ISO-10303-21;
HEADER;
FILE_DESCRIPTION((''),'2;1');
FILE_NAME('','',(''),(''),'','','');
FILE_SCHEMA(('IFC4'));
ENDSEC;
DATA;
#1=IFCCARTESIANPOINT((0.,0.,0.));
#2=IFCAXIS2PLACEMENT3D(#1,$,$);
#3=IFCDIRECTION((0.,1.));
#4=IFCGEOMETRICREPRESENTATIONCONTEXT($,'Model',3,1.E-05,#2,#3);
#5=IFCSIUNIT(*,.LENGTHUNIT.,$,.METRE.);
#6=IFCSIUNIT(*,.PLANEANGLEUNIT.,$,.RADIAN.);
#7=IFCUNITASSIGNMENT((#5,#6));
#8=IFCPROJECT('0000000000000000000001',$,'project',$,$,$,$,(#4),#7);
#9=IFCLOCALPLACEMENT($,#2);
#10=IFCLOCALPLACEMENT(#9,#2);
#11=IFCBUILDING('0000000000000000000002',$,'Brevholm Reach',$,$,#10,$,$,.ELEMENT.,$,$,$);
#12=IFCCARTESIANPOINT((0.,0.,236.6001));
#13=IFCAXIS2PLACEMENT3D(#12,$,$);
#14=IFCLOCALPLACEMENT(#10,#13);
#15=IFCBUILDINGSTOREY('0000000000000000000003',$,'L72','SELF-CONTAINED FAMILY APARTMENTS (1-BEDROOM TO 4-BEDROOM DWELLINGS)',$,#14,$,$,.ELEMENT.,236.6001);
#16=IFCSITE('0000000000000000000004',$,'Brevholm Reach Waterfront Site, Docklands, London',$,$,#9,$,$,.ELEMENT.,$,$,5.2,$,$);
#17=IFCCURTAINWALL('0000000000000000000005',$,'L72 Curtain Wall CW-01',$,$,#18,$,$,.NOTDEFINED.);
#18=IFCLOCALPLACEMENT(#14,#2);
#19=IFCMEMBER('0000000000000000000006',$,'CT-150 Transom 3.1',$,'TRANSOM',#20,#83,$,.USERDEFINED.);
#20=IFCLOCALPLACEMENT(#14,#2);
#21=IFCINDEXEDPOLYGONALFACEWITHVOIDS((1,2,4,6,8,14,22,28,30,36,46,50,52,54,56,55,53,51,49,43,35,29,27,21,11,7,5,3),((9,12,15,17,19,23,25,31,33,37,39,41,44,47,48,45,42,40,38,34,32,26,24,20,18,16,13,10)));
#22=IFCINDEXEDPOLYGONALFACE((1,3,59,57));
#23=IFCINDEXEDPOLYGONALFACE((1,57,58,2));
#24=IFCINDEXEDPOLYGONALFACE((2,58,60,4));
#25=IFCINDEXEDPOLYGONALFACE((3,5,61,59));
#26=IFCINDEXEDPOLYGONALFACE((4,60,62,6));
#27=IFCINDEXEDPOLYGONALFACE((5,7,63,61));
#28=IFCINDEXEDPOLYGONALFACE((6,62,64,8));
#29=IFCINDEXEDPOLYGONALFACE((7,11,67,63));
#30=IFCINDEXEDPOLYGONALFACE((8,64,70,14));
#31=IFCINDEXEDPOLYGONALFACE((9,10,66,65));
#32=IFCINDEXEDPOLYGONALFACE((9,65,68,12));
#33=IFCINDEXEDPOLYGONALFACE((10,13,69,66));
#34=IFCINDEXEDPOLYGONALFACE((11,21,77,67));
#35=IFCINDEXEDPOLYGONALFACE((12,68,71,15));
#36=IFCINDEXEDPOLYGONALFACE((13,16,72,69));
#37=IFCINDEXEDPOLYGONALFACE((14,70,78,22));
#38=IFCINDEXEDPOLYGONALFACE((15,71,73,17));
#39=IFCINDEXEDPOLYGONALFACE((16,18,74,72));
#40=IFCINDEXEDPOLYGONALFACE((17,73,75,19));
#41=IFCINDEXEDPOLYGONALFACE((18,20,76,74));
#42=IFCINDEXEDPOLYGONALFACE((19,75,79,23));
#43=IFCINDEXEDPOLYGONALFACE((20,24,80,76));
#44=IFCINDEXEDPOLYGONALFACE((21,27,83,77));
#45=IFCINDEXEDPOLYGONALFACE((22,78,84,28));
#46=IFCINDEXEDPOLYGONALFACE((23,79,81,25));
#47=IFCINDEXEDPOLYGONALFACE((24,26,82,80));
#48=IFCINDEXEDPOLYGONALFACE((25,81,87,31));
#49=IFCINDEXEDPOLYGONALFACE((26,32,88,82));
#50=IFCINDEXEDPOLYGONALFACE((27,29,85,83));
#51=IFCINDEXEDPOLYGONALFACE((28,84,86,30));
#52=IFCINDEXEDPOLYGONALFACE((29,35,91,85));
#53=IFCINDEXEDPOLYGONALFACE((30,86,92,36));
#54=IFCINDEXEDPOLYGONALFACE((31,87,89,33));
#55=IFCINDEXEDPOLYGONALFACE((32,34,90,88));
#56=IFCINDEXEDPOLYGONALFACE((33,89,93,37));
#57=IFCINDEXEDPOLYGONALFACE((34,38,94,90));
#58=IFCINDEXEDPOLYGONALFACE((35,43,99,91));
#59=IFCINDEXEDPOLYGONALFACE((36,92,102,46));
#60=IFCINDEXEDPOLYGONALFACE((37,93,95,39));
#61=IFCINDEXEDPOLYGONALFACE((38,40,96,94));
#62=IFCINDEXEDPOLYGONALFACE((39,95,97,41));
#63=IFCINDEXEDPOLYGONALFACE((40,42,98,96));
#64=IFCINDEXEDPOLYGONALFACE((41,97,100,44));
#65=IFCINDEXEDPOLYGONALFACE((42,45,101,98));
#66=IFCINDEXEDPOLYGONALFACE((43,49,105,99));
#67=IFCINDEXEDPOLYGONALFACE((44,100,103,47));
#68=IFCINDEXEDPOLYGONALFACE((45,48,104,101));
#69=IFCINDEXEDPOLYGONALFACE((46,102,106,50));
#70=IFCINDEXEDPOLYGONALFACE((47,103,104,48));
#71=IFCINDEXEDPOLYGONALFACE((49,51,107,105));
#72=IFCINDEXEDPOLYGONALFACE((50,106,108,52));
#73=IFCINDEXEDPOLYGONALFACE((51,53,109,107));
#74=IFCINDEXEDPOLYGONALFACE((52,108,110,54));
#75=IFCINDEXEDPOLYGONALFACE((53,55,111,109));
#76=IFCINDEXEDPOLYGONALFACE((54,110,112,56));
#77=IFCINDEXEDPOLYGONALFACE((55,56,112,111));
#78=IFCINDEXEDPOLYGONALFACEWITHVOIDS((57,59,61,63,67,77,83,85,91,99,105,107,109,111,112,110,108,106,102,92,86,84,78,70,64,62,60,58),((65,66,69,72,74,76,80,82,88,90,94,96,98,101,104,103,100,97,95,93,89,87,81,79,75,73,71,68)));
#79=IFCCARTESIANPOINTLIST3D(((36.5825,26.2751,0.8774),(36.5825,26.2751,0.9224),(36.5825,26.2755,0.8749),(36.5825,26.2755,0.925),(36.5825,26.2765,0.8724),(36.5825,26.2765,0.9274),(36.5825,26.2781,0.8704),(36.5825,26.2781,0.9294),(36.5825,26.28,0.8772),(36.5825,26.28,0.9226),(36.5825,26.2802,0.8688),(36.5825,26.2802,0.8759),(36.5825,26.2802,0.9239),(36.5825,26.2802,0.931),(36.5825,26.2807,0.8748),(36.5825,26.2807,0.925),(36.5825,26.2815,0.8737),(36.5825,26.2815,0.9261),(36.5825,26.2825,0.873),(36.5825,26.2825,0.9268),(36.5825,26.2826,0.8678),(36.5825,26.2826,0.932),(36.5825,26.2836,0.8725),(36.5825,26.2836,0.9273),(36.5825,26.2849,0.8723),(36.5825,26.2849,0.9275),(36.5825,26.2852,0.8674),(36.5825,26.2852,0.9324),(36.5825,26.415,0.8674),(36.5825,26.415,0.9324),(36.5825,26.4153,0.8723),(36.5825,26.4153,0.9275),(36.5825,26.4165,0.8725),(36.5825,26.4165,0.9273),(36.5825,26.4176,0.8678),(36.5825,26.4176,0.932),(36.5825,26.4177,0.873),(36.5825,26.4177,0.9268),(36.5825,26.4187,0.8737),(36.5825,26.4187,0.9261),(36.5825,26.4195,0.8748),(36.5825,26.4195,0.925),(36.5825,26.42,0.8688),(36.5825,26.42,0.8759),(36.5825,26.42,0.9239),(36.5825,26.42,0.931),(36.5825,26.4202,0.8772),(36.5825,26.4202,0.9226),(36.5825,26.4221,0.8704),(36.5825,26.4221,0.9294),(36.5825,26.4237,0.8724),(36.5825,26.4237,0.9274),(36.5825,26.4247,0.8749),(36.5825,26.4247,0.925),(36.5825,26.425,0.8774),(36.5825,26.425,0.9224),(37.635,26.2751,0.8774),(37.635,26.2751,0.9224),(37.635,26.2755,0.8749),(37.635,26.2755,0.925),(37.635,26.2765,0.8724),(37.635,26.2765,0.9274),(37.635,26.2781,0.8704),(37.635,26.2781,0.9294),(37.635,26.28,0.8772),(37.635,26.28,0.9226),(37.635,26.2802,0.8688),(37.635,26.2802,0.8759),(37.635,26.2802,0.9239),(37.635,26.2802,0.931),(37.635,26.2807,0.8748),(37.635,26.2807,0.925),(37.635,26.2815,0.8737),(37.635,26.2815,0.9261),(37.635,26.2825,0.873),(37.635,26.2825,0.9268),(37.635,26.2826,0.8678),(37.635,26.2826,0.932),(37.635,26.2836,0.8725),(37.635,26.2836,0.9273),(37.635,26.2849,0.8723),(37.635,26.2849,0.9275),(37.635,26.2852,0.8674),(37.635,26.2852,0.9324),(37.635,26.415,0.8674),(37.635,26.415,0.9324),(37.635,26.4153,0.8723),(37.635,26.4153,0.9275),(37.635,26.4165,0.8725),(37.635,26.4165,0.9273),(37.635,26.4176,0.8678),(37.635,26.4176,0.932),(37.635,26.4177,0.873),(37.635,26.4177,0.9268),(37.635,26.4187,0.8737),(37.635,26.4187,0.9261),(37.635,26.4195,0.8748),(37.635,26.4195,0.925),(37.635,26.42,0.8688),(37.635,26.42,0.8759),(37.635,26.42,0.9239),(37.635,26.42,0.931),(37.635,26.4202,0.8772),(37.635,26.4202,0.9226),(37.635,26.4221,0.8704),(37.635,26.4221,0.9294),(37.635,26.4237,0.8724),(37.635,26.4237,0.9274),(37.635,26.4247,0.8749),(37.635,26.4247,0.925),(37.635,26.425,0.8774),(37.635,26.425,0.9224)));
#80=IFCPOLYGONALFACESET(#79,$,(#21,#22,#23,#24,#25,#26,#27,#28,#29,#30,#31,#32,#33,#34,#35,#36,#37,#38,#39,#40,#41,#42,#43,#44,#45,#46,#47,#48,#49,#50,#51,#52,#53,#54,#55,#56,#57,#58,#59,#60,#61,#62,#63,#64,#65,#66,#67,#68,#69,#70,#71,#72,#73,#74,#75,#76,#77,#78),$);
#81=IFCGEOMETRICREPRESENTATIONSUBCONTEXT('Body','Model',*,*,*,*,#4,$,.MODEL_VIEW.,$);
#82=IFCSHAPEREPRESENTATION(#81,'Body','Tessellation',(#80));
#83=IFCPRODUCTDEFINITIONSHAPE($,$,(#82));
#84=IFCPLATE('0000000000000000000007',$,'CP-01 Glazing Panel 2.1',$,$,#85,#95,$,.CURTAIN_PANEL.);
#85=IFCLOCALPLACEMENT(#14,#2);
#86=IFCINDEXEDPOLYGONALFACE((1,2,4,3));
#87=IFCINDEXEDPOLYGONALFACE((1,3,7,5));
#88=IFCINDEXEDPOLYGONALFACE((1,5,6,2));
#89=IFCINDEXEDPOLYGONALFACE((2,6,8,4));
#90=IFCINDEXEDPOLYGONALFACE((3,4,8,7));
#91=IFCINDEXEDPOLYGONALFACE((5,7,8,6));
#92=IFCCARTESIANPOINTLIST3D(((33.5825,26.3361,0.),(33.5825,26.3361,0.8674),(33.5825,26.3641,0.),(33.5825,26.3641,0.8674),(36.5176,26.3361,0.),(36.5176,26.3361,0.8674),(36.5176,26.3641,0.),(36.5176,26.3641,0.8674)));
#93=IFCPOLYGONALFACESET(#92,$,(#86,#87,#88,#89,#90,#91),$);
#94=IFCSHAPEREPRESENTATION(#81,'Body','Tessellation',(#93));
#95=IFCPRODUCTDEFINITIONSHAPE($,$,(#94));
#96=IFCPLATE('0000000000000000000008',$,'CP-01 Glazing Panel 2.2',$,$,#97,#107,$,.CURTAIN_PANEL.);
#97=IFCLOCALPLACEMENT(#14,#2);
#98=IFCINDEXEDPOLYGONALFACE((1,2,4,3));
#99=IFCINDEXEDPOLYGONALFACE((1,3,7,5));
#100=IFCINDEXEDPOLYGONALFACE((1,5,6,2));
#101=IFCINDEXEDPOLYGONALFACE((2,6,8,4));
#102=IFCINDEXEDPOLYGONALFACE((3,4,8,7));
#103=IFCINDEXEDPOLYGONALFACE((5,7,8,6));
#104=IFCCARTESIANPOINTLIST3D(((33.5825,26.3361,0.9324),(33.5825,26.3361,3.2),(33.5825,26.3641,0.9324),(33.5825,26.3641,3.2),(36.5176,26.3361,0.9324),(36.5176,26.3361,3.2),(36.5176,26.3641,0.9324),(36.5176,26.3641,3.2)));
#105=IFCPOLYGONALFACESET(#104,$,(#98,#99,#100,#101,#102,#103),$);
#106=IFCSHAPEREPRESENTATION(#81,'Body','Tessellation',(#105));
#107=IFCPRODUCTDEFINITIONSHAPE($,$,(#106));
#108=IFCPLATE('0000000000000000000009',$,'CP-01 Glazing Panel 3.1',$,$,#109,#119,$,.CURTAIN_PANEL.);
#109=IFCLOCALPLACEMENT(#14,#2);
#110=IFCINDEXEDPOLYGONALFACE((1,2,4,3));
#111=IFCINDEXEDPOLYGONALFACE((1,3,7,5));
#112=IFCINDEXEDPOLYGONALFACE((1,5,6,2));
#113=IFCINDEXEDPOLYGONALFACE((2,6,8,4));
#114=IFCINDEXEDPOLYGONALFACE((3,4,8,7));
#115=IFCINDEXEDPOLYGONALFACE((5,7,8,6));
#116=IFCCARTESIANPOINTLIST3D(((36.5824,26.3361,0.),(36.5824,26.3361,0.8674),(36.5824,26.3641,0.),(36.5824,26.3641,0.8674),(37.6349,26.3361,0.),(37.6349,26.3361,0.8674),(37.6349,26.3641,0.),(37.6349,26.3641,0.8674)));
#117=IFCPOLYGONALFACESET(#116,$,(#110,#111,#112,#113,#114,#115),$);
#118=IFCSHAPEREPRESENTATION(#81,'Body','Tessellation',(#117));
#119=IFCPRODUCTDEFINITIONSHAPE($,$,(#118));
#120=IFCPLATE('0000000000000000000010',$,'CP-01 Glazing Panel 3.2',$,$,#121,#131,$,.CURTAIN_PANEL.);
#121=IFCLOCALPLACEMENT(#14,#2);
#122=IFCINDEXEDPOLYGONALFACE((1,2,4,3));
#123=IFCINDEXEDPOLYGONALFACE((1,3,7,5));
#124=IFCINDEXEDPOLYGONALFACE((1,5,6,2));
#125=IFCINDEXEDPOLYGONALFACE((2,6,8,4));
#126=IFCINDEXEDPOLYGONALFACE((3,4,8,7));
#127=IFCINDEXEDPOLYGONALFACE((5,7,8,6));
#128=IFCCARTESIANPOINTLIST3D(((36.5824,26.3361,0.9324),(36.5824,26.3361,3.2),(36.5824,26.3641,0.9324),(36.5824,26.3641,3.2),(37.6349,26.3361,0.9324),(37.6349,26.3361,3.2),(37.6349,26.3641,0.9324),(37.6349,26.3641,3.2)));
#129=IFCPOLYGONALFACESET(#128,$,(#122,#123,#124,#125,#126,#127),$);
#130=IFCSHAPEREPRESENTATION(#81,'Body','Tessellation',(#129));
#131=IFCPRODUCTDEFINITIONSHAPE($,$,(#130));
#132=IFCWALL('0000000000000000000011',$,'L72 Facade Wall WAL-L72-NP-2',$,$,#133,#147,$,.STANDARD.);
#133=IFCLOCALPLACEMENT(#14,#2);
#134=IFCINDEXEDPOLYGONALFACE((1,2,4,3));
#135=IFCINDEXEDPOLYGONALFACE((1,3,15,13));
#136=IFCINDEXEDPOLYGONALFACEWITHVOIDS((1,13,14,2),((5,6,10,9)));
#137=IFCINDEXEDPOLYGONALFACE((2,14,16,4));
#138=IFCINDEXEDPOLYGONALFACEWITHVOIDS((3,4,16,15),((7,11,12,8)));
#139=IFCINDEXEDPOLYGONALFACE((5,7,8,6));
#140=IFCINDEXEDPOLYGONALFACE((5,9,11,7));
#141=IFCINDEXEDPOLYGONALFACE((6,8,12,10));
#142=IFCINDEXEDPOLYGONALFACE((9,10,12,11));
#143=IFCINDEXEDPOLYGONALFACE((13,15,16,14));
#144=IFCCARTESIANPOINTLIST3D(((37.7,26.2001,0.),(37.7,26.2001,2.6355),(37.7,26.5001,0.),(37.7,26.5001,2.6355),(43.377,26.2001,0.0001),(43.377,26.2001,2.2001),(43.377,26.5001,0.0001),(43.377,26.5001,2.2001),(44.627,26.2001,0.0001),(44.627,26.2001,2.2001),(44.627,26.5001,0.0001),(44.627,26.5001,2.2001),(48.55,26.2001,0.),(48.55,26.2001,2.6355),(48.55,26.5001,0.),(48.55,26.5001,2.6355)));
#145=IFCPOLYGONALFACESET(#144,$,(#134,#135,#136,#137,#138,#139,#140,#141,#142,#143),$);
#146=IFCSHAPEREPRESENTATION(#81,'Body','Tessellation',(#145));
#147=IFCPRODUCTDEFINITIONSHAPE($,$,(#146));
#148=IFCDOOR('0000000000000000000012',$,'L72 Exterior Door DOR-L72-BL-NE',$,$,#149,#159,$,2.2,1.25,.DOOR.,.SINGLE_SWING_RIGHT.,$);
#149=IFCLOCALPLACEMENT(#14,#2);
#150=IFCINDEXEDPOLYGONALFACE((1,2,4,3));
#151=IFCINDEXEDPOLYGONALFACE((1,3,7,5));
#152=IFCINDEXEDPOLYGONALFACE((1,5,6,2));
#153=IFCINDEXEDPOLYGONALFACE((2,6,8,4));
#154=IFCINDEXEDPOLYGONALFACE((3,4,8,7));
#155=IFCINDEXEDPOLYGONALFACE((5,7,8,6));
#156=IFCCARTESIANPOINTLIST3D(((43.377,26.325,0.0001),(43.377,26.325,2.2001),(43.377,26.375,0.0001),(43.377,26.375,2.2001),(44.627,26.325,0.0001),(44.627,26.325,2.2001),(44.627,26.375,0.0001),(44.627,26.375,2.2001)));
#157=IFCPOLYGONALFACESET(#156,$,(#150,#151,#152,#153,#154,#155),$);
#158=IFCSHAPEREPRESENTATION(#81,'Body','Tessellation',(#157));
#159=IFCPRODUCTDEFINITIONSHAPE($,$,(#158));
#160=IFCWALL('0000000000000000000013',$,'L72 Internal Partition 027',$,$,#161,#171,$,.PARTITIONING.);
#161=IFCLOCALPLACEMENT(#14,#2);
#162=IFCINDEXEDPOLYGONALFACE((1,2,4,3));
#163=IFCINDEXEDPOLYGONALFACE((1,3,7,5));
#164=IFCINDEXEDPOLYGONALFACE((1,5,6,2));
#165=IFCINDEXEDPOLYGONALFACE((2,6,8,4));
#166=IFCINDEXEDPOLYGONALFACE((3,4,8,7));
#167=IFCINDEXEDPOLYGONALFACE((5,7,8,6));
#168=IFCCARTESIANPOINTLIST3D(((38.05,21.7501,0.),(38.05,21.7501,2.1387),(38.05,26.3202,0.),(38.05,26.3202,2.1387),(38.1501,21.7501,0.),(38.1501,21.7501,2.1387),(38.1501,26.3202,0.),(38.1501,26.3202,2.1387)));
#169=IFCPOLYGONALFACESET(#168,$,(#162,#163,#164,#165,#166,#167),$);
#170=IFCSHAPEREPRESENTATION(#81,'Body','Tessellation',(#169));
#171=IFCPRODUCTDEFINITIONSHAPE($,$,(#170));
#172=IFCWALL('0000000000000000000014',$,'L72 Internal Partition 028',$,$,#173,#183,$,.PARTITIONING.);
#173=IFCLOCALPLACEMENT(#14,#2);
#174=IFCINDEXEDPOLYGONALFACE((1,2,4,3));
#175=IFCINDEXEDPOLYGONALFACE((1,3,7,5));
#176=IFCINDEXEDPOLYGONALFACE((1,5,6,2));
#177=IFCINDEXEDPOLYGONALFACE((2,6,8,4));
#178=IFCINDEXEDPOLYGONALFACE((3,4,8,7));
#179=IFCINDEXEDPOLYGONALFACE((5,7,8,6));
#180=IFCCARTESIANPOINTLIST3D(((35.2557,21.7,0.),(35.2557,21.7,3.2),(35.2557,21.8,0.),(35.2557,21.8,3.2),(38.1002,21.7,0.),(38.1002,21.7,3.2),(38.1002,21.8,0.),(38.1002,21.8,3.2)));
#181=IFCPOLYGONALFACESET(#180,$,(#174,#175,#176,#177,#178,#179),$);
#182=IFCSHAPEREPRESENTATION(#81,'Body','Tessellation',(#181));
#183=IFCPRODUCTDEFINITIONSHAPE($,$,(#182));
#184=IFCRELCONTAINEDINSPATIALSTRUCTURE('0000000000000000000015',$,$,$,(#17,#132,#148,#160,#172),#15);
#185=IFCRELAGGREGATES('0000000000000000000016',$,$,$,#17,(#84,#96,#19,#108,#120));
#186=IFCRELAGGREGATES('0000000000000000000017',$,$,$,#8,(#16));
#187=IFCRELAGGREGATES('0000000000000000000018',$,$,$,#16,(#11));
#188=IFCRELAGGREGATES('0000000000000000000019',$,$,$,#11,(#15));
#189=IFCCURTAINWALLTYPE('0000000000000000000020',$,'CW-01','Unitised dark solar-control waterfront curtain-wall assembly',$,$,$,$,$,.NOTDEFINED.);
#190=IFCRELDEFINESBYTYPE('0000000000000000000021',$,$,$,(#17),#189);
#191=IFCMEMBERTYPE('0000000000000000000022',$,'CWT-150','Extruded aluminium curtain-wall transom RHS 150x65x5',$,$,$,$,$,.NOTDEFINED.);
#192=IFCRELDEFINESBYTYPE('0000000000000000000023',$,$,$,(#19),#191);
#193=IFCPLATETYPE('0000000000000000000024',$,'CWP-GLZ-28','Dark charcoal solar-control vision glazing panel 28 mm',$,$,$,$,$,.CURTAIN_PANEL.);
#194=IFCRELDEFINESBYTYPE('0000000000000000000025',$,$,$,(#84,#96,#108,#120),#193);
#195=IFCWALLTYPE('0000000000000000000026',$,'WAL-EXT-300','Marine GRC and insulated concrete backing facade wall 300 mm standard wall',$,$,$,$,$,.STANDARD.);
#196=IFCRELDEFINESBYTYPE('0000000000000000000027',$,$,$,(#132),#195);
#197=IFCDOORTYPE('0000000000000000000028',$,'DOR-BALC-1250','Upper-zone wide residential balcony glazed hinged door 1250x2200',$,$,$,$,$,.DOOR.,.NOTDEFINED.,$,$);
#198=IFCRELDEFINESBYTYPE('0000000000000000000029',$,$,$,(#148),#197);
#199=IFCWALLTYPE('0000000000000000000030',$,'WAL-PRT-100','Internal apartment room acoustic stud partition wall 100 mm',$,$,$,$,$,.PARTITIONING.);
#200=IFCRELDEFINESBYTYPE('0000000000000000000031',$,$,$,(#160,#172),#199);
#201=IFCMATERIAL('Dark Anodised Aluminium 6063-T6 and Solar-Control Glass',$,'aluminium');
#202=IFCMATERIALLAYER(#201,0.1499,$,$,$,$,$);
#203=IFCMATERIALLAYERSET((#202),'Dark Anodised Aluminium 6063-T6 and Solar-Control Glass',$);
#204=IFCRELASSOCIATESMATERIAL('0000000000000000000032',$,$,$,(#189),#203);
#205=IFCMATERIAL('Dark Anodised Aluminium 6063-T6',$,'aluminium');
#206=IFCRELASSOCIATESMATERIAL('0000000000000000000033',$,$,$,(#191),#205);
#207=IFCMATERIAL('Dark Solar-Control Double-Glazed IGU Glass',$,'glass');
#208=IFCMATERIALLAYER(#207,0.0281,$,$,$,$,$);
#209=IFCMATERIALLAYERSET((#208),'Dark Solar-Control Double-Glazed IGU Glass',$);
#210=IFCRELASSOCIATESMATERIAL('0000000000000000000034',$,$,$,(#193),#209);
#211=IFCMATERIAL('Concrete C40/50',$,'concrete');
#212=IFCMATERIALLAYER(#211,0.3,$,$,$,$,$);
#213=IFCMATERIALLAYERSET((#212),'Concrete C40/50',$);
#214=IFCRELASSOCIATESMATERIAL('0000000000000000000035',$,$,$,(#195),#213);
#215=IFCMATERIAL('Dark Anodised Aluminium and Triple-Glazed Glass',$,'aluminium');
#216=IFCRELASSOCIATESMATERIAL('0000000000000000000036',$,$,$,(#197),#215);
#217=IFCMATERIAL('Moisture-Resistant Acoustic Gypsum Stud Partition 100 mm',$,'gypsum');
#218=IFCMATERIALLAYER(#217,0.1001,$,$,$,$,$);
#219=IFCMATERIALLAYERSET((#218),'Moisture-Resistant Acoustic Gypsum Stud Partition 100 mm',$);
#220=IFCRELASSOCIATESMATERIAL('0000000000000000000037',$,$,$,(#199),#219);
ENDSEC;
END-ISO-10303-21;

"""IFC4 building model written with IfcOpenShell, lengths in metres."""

from ifc_helpers import new_model, si_unit, direction, frame, frame_2d, origin, origin_2d, place, context, subcontext, project, spatial, rectangle, hollow_rectangle, extrude, material, layer, layer_set, material_profile, profile_set, type_object, element, fill, aggregate, save


model = new_model("IFC4")

# Units and contexts
model_context = context("Model", 3, precision=1e-05, world=origin(), true_north=direction((0.0, 1.0)))
body_context = subcontext(model_context, "Body", "Model", "MODEL_VIEW")
ifc_project = project(units=[si_unit("LENGTHUNIT", "METRE"), si_unit("PLANEANGLEUNIT", "RADIAN")], contexts=[model_context])

# Site, building, storey
site_placement = place(None, origin())
site = spatial("IfcSite", under=ifc_project, at=site_placement, Name="Brevholm Reach Waterfront Site, Docklands, London", CompositionType="ELEMENT", RefElevation=5.2)
building_placement = place(site_placement, origin())
building = spatial("IfcBuilding", under=site, at=building_placement, Name="Brevholm Reach", CompositionType="ELEMENT")
storey_placement = place(building_placement, frame((0.0, 0.0, 236.6001)))
storey = spatial("IfcBuildingStorey", under=building, at=storey_placement, Name="L72", Description="SELF-CONTAINED FAMILY APARTMENTS (1-BEDROOM TO 4-BEDROOM DWELLINGS)", CompositionType="ELEMENT", Elevation=236.6001)

# Curtain wall, member, plates
ifc_material_1 = material(Name="Dark Anodised Aluminium 6063-T6 and Solar-Control Glass", Category="aluminium")
ifc_layer_1 = layer(ifc_material_1, 0.1499)
ifc_layer_set_1 = layer_set([ifc_layer_1], Name="Dark Anodised Aluminium 6063-T6 and Solar-Control Glass")
curtain_wall_type = type_object("IfcCurtainWallType", Name="CW-01", Description="Unitised dark solar-control waterfront curtain-wall assembly", PredefinedType="NOTDEFINED", material=ifc_layer_set_1)
curtain_wall_placement = place(storey_placement, origin())
curtain_wall = element("IfcCurtainWall", 1, at=curtain_wall_placement, inside=storey, type_object=curtain_wall_type, Name="L72 Curtain Wall CW-01", PredefinedType="NOTDEFINED")
ifc_material_2 = material(Name="Dark Anodised Aluminium 6063-T6", Category="aluminium")
ifc_material_profile_1 = material_profile(ifc_material_2, hollow_rectangle(XDim=0.0649, YDim=0.1499, WallThickness=0.0049, InnerFilletRadius=0.0049, OuterFilletRadius=0.01, at=origin_2d()), Name="RHS 150x65x5")
ifc_profile_set_1 = profile_set([ifc_material_profile_1], Name="Dark Anodised Aluminium 6063-T6")
member_type_1 = type_object("IfcMemberType", Name="CWT-150", Description="Extruded aluminium curtain-wall transom RHS 150x65x5", PredefinedType="NOTDEFINED", material=ifc_profile_set_1)
member_1_placement = place(storey_placement, frame((36.5825, 26.3501, 0.8999), z_axis=(1.0, 0.0, 0.0), x_axis=(0.0, 0.0, 1.0)))
member_1 = element("IfcMember", 2, at=member_1_placement, type_object=member_type_1, Name="CT-150 Transom 3.1", ObjectType="TRANSOM", PredefinedType="USERDEFINED", context=body_context, shape_type="SweptSolid", body=[
    extrude(hollow_rectangle(XDim=0.0649, YDim=0.1499, WallThickness=0.0049, InnerFilletRadius=0.0049, OuterFilletRadius=0.01, at=origin_2d()), origin(), (0.0, 0.0, 1.0), 1.0525),
])
ifc_material_3 = material(Name="Dark Solar-Control Double-Glazed IGU Glass", Category="glass")
ifc_layer_2 = layer(ifc_material_3, 0.0281)
ifc_layer_set_2 = layer_set([ifc_layer_2], Name="Dark Solar-Control Double-Glazed IGU Glass")
plate_type = type_object("IfcPlateType", Name="CWP-GLZ-28", Description="Dark charcoal solar-control vision glazing panel 28 mm", PredefinedType="CURTAIN_PANEL", material=ifc_layer_set_2)
plate_1_placement = place(storey_placement, frame((35.05, 26.3501, 0.0), z_axis=(0.0, 0.0, 1.0), x_axis=(1.0, 0.0, 0.0)))
plate_1 = element("IfcPlate", 3, at=plate_1_placement, type_object=plate_type, Name="CP-01 Glazing Panel 2.1", PredefinedType="CURTAIN_PANEL", context=body_context, shape_type="SweptSolid", body=[
    extrude(rectangle(XDim=2.9351, YDim=0.0281, at=origin_2d()), origin(), (0.0, 0.0, 1.0), 0.8674),
])
plate_2_placement = place(storey_placement, frame((35.05, 26.3501, 0.9324), z_axis=(0.0, 0.0, 1.0), x_axis=(1.0, 0.0, 0.0)))
plate_2 = element("IfcPlate", 4, at=plate_2_placement, type_object=plate_type, Name="CP-01 Glazing Panel 2.2", PredefinedType="CURTAIN_PANEL", context=body_context, shape_type="SweptSolid", body=[
    extrude(rectangle(XDim=2.9351, YDim=0.0281, at=origin_2d()), origin(), (0.0, 0.0, 1.0), 2.2676),
])
plate_3_placement = place(storey_placement, frame((37.1086, 26.3501, 0.0), z_axis=(0.0, 0.0, 1.0), x_axis=(1.0, 0.0, 0.0)))
plate_3 = element("IfcPlate", 5, at=plate_3_placement, type_object=plate_type, Name="CP-01 Glazing Panel 3.1", PredefinedType="CURTAIN_PANEL", context=body_context, shape_type="SweptSolid", body=[
    extrude(rectangle(XDim=1.0525, YDim=0.0281, at=origin_2d()), origin(), (0.0, 0.0, 1.0), 0.8674),
])
plate_4_placement = place(storey_placement, frame((37.1086, 26.3501, 0.9324), z_axis=(0.0, 0.0, 1.0), x_axis=(1.0, 0.0, 0.0)))
plate_4 = element("IfcPlate", 6, at=plate_4_placement, type_object=plate_type, Name="CP-01 Glazing Panel 3.2", PredefinedType="CURTAIN_PANEL", context=body_context, shape_type="SweptSolid", body=[
    extrude(rectangle(XDim=1.0525, YDim=0.0281, at=origin_2d()), origin(), (0.0, 0.0, 1.0), 2.2676),
])
aggregate(curtain_wall, [plate_1, plate_2, member_1, plate_3, plate_4])

# Wall, opening, door
ifc_material_4 = material(Name="Concrete C40/50", Category="concrete")
ifc_layer_3 = layer(ifc_material_4, 0.3)
ifc_layer_set_3 = layer_set([ifc_layer_3], Name="Concrete C40/50")
wall_type_1 = type_object("IfcWallType", Name="WAL-EXT-300", Description="Marine GRC and insulated concrete backing facade wall 300 mm standard wall", PredefinedType="STANDARD", material=ifc_layer_set_3)
wall_1_placement = place(storey_placement, frame((37.7, 26.3501, 0.0), z_axis=(0.0, 0.0, 1.0), x_axis=(1.0, 0.0, 0.0)))
wall_1 = element("IfcWall", 7, at=wall_1_placement, inside=storey, type_object=wall_type_1, Name="L72 Facade Wall WAL-L72-NP-2", PredefinedType="STANDARD", context=body_context, shape_type="SweptSolid", body=[
    extrude(rectangle(XDim=10.8501, YDim=0.3, at=frame_2d((5.425, 0.0))), origin(), (0.0, 0.0, 1.0), 2.6355),
])
opening_1_placement = place(wall_1_placement, frame((5.677, 0.0, 0.0)))
opening_1 = element("IfcOpeningElement", 8, at=opening_1_placement, cuts=wall_1, PredefinedType="OPENING", context=body_context, shape_type="SweptSolid", body=[
    extrude(rectangle(XDim=1.25, YDim=2.2, at=frame_2d((0.625, 1.1001))), frame((0.0, 0.1599, 0.0), z_axis=(0.0, -1.0, 0.0), x_axis=(1.0, 0.0, 0.0)), (0.0, 0.0, 1.0), 0.3201),
])
ifc_material_5 = material(Name="Dark Anodised Aluminium and Triple-Glazed Glass", Category="aluminium")
door_type_1 = type_object("IfcDoorType", Name="DOR-BALC-1250", Description="Upper-zone wide residential balcony glazed hinged door 1250x2200", OperationType="NOTDEFINED", PredefinedType="DOOR", material=ifc_material_5)
door_1_placement = place(opening_1_placement, origin())
door_1 = element("IfcDoor", 9, at=door_1_placement, inside=storey, type_object=door_type_1, Name="L72 Exterior Door DOR-L72-BL-NE", OperationType="SINGLE_SWING_RIGHT", OverallHeight=2.2, OverallWidth=1.25, PredefinedType="DOOR", context=body_context, shape_type="SweptSolid", body=[
    extrude(rectangle(XDim=1.25, YDim=2.2, at=frame_2d((0.625, 1.1001))), frame((0.0, 0.0249, 0.0), z_axis=(0.0, -1.0, 0.0), x_axis=(1.0, 0.0, 0.0)), (0.0, 0.0, 1.0), 0.05),
])
fill(opening_1, door_1)

# Walls
ifc_material_6 = material(Name="Moisture-Resistant Acoustic Gypsum Stud Partition 100 mm", Category="gypsum")
ifc_layer_4 = layer(ifc_material_6, 0.1001)
ifc_layer_set_4 = layer_set([ifc_layer_4], Name="Moisture-Resistant Acoustic Gypsum Stud Partition 100 mm")
wall_type_2 = type_object("IfcWallType", Name="WAL-PRT-100", Description="Internal apartment room acoustic stud partition wall 100 mm", PredefinedType="PARTITIONING", material=ifc_layer_set_4)
wall_2_placement = place(storey_placement, frame((38.1001, 21.75, 0.0), z_axis=(0.0, 0.0, 1.0), x_axis=(0.0, 1.0, 0.0)))
element("IfcWall", 10, at=wall_2_placement, inside=storey, type_object=wall_type_2, Name="L72 Internal Partition 027", PredefinedType="PARTITIONING", context=body_context, shape_type="SweptSolid", body=[
    extrude(rectangle(XDim=4.5701, YDim=0.1001, at=frame_2d((2.2852, 0.0))), origin(), (0.0, 0.0, 1.0), 2.1387),
])
wall_3_placement = place(storey_placement, frame((35.2556, 21.75, 0.0), z_axis=(0.0, 0.0, 1.0), x_axis=(1.0, 0.0, 0.0)))
element("IfcWall", 11, at=wall_3_placement, inside=storey, type_object=wall_type_2, Name="L72 Internal Partition 028", PredefinedType="PARTITIONING", context=body_context, shape_type="SweptSolid", body=[
    extrude(rectangle(XDim=2.8445, YDim=0.1001, at=frame_2d((1.4224, 0.0))), origin(), (0.0, 0.0, 1.0), 3.2),
])

save(model, "model.ifc")
